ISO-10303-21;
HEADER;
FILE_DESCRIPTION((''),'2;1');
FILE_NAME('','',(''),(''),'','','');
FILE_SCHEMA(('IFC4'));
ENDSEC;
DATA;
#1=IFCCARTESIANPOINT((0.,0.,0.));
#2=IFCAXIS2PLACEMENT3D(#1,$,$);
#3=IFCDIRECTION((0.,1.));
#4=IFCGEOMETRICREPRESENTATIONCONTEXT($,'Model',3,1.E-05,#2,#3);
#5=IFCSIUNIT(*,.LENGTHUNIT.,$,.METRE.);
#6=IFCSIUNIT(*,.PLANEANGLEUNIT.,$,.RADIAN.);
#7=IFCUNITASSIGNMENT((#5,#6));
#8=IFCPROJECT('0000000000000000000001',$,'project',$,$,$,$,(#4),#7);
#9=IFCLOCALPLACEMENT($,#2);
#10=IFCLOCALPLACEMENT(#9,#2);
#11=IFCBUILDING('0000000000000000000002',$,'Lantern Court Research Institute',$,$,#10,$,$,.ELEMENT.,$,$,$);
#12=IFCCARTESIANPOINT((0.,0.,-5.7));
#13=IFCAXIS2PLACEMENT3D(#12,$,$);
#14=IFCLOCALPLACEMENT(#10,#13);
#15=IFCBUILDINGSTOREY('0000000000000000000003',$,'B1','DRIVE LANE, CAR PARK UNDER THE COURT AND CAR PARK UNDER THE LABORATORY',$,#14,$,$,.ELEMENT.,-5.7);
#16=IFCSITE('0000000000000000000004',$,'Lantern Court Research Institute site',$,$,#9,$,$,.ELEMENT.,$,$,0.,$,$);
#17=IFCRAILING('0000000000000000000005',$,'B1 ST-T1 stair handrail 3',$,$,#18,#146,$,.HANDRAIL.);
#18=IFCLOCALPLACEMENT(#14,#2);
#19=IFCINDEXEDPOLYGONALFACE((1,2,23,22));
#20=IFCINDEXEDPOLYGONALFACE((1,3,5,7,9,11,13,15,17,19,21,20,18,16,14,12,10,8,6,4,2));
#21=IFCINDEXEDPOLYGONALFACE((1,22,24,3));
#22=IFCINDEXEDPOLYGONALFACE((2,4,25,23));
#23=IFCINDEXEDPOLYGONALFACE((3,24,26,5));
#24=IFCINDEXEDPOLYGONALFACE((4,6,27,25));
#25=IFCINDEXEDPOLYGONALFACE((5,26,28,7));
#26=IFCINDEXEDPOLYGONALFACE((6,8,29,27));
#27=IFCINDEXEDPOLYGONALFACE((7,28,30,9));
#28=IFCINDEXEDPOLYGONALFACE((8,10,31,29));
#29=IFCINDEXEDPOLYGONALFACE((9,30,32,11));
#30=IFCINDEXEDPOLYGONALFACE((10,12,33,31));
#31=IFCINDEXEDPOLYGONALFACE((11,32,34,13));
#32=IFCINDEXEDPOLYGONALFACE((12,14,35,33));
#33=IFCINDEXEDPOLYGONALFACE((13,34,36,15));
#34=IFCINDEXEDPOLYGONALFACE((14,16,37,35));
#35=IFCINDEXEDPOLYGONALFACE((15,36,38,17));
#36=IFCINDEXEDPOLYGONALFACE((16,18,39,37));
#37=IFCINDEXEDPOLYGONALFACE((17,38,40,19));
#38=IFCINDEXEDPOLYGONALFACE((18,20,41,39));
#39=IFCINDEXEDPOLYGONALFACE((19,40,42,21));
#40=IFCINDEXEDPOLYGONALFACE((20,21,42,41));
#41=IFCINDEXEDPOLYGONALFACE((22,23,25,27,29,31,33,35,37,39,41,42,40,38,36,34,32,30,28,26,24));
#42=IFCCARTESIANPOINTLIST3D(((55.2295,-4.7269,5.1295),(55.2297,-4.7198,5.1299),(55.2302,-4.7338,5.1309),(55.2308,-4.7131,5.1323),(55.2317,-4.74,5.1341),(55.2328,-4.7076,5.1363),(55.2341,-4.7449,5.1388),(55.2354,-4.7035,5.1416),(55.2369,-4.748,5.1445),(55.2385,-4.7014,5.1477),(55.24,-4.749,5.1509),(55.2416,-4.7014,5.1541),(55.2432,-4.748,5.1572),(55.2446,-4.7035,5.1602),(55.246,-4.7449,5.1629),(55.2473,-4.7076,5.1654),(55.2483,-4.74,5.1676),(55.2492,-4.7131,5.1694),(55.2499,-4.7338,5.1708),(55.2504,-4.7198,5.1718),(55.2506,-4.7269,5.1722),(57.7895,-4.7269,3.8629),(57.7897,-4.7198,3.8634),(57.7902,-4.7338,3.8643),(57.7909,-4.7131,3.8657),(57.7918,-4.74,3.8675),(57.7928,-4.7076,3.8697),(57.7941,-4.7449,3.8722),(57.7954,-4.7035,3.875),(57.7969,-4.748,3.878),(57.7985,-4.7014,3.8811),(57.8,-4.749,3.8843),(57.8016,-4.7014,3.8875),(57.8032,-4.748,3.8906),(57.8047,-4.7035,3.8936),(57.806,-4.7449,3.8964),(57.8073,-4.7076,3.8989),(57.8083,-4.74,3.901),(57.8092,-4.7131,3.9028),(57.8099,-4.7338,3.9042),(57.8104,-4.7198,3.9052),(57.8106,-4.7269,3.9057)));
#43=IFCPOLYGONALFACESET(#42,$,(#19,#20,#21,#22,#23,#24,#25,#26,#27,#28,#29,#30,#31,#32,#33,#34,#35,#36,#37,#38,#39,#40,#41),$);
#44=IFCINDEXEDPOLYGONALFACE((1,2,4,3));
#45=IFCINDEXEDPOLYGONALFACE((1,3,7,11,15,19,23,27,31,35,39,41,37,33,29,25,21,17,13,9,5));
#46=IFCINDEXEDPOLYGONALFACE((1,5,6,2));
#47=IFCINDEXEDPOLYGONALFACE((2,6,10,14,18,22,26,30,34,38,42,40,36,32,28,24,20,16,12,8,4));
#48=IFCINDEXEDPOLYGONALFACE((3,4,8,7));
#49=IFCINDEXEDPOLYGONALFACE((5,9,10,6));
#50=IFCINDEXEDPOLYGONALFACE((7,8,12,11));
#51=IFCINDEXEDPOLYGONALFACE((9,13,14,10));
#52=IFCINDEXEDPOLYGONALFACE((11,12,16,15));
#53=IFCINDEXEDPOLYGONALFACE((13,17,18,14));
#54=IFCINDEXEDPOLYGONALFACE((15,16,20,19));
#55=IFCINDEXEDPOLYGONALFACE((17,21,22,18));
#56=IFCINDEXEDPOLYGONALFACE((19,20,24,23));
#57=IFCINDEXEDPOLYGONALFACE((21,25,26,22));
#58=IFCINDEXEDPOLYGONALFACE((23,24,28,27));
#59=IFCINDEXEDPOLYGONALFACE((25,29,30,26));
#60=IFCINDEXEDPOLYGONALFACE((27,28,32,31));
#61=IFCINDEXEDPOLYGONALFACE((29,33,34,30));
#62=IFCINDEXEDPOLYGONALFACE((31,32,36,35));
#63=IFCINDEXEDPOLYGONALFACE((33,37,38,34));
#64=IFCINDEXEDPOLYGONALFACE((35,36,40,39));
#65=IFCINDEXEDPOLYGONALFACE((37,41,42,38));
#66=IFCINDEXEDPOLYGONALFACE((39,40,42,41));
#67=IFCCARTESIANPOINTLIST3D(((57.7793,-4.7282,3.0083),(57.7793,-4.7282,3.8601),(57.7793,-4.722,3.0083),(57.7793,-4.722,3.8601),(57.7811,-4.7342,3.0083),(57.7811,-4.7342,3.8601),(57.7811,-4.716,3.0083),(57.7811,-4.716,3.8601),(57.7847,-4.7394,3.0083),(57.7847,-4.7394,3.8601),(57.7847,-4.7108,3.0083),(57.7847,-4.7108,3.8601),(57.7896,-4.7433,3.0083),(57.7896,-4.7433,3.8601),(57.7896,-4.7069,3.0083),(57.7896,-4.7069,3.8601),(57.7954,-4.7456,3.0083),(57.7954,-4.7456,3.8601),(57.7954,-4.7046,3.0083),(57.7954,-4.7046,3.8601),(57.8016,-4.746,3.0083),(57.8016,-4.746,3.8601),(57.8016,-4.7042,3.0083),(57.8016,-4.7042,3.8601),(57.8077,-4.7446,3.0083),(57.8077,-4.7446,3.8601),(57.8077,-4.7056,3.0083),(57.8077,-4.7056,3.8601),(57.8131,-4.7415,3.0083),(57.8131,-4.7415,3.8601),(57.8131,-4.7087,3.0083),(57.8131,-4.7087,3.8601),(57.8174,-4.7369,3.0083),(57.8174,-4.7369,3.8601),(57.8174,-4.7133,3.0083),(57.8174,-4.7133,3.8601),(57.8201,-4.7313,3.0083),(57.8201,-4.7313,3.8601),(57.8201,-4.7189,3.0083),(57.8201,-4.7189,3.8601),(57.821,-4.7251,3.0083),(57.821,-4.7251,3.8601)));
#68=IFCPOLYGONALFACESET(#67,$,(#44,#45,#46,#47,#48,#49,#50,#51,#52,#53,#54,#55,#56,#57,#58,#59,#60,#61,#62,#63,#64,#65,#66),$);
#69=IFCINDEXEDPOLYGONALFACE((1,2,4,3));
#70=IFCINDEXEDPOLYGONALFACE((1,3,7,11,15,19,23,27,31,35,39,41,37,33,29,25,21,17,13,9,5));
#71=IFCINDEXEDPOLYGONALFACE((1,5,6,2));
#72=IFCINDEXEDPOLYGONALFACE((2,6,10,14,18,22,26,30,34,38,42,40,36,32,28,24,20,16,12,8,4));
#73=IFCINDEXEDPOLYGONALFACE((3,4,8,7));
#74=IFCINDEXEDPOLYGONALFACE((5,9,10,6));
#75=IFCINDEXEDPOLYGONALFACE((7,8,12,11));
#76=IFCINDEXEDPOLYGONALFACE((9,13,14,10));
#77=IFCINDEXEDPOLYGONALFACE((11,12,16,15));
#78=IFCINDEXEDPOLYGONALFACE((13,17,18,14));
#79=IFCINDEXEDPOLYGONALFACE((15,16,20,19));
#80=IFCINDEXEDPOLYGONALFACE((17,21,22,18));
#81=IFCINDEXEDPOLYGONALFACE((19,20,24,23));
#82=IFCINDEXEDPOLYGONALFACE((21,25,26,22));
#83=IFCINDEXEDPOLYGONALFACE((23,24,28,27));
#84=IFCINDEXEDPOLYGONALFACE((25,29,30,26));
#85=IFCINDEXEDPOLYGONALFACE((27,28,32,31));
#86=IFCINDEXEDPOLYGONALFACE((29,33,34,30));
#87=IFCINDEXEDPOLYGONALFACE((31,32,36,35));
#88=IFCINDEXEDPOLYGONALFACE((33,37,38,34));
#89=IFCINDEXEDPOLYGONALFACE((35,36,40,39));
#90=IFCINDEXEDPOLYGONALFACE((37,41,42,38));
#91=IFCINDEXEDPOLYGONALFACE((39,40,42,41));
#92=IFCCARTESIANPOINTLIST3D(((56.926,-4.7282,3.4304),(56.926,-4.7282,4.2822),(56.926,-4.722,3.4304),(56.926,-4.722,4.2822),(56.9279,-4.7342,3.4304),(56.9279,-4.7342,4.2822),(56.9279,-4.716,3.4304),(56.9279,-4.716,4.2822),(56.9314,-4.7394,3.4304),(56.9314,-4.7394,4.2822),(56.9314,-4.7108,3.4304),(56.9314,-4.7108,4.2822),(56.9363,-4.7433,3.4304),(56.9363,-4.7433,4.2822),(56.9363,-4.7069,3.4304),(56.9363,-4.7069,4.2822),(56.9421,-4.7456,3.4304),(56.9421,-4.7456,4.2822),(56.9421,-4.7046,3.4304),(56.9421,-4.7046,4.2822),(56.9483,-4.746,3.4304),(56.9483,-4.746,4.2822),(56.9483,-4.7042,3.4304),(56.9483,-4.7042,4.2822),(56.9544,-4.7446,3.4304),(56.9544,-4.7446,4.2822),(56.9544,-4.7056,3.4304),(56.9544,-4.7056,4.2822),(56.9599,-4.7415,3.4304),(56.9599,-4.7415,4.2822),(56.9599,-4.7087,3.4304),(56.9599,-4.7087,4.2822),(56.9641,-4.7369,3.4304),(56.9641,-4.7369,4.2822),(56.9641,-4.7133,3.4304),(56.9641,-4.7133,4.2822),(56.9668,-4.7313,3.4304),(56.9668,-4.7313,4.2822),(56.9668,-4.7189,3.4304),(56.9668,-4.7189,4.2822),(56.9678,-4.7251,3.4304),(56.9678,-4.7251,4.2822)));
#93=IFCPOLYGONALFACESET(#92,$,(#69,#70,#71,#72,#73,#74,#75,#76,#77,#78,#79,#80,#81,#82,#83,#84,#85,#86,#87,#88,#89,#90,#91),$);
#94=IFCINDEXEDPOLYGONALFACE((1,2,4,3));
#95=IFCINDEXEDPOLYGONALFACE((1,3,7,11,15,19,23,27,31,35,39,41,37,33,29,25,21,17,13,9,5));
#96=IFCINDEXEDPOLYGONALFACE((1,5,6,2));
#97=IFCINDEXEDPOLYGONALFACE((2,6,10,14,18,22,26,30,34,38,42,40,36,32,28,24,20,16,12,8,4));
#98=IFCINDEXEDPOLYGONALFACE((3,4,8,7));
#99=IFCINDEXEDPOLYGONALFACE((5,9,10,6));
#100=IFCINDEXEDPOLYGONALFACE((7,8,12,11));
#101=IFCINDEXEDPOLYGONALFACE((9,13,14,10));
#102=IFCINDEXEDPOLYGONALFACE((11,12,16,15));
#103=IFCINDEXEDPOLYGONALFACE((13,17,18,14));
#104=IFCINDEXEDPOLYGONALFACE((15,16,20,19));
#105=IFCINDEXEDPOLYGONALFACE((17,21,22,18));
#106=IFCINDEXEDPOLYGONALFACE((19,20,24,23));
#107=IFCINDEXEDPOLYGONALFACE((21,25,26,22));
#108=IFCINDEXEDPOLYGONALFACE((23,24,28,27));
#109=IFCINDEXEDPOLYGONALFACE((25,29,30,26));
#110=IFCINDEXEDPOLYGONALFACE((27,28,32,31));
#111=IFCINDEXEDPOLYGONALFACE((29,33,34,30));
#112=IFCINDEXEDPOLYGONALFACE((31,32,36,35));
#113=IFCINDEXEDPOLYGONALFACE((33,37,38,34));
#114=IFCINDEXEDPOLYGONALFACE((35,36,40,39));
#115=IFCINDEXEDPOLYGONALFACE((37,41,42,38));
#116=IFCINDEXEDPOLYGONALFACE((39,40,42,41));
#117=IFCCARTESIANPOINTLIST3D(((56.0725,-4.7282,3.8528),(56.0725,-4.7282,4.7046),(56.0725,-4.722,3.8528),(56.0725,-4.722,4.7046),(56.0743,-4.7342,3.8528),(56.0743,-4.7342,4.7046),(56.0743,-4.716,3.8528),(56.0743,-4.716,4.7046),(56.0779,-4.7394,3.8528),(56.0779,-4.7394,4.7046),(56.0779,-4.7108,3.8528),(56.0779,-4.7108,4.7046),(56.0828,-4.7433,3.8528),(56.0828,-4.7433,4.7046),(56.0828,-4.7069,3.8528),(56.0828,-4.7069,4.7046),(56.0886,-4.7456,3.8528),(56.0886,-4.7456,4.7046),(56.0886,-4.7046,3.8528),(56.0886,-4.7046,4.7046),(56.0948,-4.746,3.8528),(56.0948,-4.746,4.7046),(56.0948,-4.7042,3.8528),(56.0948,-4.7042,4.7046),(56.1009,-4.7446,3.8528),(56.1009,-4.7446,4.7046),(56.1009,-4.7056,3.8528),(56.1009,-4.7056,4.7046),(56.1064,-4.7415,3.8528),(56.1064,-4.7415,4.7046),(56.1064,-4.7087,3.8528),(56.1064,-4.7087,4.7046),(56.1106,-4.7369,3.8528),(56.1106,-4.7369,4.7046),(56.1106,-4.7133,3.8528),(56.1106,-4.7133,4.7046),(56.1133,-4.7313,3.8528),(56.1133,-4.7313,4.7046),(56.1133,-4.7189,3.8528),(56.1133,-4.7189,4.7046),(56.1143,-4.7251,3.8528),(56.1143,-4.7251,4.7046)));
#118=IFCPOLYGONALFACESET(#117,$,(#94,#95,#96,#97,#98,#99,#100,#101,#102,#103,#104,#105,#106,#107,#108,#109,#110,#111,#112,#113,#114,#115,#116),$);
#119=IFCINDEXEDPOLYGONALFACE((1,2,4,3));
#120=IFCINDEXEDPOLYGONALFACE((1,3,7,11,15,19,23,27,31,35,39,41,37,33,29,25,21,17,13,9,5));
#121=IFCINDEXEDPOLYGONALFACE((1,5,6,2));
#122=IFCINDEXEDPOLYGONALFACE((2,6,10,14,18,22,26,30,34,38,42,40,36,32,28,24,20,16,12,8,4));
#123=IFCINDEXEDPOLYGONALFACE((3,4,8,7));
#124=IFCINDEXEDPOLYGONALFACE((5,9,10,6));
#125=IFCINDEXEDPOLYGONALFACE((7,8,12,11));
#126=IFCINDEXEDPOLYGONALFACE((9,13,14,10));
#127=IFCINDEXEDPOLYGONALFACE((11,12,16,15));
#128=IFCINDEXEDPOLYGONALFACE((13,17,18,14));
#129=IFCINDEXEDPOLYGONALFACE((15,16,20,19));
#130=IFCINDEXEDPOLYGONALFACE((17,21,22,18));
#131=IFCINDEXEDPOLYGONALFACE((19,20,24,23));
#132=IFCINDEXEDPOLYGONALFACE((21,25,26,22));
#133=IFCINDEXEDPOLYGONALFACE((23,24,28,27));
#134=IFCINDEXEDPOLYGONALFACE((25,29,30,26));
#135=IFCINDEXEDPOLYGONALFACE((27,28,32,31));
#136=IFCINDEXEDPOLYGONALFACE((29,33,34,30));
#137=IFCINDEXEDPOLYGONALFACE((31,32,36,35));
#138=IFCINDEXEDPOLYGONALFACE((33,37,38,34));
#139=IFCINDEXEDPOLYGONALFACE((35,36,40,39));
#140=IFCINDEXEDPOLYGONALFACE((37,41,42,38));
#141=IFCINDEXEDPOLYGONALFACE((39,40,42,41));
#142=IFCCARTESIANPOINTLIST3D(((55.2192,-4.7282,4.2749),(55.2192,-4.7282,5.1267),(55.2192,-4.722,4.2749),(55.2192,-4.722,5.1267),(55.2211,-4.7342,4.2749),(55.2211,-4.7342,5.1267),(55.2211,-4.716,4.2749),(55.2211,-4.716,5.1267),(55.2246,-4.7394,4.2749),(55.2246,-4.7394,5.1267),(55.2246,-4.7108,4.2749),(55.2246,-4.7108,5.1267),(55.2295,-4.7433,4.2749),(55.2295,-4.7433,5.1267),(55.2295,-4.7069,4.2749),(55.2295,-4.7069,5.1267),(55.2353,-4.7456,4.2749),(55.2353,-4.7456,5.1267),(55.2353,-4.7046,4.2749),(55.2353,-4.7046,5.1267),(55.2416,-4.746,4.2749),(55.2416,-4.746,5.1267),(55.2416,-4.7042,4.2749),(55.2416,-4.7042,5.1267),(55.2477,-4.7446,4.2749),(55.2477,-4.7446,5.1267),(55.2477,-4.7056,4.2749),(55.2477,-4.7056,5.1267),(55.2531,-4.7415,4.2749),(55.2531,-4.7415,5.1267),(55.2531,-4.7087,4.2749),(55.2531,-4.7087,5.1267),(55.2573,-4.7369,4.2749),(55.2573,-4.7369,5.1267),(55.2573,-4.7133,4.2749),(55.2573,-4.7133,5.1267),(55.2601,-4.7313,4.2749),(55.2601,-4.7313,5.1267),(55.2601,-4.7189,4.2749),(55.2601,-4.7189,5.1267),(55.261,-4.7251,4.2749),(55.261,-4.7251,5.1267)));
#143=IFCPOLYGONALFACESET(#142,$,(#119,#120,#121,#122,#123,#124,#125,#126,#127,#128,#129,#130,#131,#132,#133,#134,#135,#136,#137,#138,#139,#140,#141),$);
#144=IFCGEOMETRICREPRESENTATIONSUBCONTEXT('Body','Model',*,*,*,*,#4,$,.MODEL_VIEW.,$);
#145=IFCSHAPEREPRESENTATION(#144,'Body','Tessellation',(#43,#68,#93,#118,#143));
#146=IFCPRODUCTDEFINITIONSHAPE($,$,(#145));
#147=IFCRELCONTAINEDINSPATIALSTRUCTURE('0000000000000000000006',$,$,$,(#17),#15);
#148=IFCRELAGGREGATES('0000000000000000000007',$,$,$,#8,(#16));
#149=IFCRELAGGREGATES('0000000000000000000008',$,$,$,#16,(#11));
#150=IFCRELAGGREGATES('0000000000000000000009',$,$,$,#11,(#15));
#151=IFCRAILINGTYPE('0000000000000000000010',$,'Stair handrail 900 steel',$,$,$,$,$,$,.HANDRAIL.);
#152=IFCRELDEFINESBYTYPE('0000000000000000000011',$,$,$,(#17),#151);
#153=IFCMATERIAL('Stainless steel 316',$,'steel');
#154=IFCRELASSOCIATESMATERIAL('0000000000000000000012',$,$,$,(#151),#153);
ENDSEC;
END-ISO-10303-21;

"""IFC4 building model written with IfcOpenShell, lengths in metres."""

from ifc_helpers import new_model, si_unit, direction, frame, origin, origin_2d, place, context, subcontext, project, spatial, circle, extrude, material, type_object, element, save


model = new_model("IFC4")

# Units and contexts
model_context = context("Model", 3, precision=1e-05, world=origin(), true_north=direction((0.0, 1.0)))
body_context = subcontext(model_context, "Body", "Model", "MODEL_VIEW")
ifc_project = project(units=[si_unit("LENGTHUNIT", "METRE"), si_unit("PLANEANGLEUNIT", "RADIAN")], contexts=[model_context])

# Site, building, storey
site_placement = place(None, origin())
site = spatial("IfcSite", under=ifc_project, at=site_placement, Name="Lantern Court Research Institute site", CompositionType="ELEMENT", RefElevation=0.0)
building_placement = place(site_placement, origin())
building = spatial("IfcBuilding", under=site, at=building_placement, Name="Lantern Court Research Institute", CompositionType="ELEMENT")
storey_placement = place(building_placement, frame((0.0, 0.0, -5.7)))
storey = spatial("IfcBuildingStorey", under=building, at=storey_placement, Name="B1", Description="DRIVE LANE, CAR PARK UNDER THE COURT AND CAR PARK UNDER THE LABORATORY", CompositionType="ELEMENT", Elevation=-5.7)

# Railing
ifc_material_1 = material(Name="Stainless steel 316", Category="steel")
railing_type_1 = type_object("IfcRailingType", Name="Stair handrail 900 steel", PredefinedType="HANDRAIL", material=ifc_material_1)
railing_1_placement = place(storey_placement, frame((57.8, -4.7251, 3.0083)))
element("IfcRailing", 1, at=railing_1_placement, inside=storey, type_object=railing_type_1, Name="B1 ST-T1 stair handrail 3", PredefinedType="HANDRAIL", context=body_context, shape_type="SweptSolid", body=[
    extrude(circle(Radius=0.0239, at=origin_2d()), frame((0.0, 0.0, 0.876), z_axis=(-0.8963, 0.0, 0.443449), x_axis=(0.0, -1.0, 0.0)), (0.0, 0.0, 1.0), 2.8562),
    extrude(circle(Radius=0.021, at=origin_2d()), origin(), (0.0, 0.0, 1.0), 0.8518),
    extrude(circle(Radius=0.021, at=origin_2d()), frame((-0.8533, 0.0, 0.4221)), (0.0, 0.0, 1.0), 0.8518),
    extrude(circle(Radius=0.021, at=origin_2d()), frame((-1.7068, 0.0, 0.8445)), (0.0, 0.0, 1.0), 0.8518),
    extrude(circle(Radius=0.021, at=origin_2d()), frame((-2.5601, 0.0, 1.2666)), (0.0, 0.0, 1.0), 0.8518),
])

save(model, "model.ifc")
